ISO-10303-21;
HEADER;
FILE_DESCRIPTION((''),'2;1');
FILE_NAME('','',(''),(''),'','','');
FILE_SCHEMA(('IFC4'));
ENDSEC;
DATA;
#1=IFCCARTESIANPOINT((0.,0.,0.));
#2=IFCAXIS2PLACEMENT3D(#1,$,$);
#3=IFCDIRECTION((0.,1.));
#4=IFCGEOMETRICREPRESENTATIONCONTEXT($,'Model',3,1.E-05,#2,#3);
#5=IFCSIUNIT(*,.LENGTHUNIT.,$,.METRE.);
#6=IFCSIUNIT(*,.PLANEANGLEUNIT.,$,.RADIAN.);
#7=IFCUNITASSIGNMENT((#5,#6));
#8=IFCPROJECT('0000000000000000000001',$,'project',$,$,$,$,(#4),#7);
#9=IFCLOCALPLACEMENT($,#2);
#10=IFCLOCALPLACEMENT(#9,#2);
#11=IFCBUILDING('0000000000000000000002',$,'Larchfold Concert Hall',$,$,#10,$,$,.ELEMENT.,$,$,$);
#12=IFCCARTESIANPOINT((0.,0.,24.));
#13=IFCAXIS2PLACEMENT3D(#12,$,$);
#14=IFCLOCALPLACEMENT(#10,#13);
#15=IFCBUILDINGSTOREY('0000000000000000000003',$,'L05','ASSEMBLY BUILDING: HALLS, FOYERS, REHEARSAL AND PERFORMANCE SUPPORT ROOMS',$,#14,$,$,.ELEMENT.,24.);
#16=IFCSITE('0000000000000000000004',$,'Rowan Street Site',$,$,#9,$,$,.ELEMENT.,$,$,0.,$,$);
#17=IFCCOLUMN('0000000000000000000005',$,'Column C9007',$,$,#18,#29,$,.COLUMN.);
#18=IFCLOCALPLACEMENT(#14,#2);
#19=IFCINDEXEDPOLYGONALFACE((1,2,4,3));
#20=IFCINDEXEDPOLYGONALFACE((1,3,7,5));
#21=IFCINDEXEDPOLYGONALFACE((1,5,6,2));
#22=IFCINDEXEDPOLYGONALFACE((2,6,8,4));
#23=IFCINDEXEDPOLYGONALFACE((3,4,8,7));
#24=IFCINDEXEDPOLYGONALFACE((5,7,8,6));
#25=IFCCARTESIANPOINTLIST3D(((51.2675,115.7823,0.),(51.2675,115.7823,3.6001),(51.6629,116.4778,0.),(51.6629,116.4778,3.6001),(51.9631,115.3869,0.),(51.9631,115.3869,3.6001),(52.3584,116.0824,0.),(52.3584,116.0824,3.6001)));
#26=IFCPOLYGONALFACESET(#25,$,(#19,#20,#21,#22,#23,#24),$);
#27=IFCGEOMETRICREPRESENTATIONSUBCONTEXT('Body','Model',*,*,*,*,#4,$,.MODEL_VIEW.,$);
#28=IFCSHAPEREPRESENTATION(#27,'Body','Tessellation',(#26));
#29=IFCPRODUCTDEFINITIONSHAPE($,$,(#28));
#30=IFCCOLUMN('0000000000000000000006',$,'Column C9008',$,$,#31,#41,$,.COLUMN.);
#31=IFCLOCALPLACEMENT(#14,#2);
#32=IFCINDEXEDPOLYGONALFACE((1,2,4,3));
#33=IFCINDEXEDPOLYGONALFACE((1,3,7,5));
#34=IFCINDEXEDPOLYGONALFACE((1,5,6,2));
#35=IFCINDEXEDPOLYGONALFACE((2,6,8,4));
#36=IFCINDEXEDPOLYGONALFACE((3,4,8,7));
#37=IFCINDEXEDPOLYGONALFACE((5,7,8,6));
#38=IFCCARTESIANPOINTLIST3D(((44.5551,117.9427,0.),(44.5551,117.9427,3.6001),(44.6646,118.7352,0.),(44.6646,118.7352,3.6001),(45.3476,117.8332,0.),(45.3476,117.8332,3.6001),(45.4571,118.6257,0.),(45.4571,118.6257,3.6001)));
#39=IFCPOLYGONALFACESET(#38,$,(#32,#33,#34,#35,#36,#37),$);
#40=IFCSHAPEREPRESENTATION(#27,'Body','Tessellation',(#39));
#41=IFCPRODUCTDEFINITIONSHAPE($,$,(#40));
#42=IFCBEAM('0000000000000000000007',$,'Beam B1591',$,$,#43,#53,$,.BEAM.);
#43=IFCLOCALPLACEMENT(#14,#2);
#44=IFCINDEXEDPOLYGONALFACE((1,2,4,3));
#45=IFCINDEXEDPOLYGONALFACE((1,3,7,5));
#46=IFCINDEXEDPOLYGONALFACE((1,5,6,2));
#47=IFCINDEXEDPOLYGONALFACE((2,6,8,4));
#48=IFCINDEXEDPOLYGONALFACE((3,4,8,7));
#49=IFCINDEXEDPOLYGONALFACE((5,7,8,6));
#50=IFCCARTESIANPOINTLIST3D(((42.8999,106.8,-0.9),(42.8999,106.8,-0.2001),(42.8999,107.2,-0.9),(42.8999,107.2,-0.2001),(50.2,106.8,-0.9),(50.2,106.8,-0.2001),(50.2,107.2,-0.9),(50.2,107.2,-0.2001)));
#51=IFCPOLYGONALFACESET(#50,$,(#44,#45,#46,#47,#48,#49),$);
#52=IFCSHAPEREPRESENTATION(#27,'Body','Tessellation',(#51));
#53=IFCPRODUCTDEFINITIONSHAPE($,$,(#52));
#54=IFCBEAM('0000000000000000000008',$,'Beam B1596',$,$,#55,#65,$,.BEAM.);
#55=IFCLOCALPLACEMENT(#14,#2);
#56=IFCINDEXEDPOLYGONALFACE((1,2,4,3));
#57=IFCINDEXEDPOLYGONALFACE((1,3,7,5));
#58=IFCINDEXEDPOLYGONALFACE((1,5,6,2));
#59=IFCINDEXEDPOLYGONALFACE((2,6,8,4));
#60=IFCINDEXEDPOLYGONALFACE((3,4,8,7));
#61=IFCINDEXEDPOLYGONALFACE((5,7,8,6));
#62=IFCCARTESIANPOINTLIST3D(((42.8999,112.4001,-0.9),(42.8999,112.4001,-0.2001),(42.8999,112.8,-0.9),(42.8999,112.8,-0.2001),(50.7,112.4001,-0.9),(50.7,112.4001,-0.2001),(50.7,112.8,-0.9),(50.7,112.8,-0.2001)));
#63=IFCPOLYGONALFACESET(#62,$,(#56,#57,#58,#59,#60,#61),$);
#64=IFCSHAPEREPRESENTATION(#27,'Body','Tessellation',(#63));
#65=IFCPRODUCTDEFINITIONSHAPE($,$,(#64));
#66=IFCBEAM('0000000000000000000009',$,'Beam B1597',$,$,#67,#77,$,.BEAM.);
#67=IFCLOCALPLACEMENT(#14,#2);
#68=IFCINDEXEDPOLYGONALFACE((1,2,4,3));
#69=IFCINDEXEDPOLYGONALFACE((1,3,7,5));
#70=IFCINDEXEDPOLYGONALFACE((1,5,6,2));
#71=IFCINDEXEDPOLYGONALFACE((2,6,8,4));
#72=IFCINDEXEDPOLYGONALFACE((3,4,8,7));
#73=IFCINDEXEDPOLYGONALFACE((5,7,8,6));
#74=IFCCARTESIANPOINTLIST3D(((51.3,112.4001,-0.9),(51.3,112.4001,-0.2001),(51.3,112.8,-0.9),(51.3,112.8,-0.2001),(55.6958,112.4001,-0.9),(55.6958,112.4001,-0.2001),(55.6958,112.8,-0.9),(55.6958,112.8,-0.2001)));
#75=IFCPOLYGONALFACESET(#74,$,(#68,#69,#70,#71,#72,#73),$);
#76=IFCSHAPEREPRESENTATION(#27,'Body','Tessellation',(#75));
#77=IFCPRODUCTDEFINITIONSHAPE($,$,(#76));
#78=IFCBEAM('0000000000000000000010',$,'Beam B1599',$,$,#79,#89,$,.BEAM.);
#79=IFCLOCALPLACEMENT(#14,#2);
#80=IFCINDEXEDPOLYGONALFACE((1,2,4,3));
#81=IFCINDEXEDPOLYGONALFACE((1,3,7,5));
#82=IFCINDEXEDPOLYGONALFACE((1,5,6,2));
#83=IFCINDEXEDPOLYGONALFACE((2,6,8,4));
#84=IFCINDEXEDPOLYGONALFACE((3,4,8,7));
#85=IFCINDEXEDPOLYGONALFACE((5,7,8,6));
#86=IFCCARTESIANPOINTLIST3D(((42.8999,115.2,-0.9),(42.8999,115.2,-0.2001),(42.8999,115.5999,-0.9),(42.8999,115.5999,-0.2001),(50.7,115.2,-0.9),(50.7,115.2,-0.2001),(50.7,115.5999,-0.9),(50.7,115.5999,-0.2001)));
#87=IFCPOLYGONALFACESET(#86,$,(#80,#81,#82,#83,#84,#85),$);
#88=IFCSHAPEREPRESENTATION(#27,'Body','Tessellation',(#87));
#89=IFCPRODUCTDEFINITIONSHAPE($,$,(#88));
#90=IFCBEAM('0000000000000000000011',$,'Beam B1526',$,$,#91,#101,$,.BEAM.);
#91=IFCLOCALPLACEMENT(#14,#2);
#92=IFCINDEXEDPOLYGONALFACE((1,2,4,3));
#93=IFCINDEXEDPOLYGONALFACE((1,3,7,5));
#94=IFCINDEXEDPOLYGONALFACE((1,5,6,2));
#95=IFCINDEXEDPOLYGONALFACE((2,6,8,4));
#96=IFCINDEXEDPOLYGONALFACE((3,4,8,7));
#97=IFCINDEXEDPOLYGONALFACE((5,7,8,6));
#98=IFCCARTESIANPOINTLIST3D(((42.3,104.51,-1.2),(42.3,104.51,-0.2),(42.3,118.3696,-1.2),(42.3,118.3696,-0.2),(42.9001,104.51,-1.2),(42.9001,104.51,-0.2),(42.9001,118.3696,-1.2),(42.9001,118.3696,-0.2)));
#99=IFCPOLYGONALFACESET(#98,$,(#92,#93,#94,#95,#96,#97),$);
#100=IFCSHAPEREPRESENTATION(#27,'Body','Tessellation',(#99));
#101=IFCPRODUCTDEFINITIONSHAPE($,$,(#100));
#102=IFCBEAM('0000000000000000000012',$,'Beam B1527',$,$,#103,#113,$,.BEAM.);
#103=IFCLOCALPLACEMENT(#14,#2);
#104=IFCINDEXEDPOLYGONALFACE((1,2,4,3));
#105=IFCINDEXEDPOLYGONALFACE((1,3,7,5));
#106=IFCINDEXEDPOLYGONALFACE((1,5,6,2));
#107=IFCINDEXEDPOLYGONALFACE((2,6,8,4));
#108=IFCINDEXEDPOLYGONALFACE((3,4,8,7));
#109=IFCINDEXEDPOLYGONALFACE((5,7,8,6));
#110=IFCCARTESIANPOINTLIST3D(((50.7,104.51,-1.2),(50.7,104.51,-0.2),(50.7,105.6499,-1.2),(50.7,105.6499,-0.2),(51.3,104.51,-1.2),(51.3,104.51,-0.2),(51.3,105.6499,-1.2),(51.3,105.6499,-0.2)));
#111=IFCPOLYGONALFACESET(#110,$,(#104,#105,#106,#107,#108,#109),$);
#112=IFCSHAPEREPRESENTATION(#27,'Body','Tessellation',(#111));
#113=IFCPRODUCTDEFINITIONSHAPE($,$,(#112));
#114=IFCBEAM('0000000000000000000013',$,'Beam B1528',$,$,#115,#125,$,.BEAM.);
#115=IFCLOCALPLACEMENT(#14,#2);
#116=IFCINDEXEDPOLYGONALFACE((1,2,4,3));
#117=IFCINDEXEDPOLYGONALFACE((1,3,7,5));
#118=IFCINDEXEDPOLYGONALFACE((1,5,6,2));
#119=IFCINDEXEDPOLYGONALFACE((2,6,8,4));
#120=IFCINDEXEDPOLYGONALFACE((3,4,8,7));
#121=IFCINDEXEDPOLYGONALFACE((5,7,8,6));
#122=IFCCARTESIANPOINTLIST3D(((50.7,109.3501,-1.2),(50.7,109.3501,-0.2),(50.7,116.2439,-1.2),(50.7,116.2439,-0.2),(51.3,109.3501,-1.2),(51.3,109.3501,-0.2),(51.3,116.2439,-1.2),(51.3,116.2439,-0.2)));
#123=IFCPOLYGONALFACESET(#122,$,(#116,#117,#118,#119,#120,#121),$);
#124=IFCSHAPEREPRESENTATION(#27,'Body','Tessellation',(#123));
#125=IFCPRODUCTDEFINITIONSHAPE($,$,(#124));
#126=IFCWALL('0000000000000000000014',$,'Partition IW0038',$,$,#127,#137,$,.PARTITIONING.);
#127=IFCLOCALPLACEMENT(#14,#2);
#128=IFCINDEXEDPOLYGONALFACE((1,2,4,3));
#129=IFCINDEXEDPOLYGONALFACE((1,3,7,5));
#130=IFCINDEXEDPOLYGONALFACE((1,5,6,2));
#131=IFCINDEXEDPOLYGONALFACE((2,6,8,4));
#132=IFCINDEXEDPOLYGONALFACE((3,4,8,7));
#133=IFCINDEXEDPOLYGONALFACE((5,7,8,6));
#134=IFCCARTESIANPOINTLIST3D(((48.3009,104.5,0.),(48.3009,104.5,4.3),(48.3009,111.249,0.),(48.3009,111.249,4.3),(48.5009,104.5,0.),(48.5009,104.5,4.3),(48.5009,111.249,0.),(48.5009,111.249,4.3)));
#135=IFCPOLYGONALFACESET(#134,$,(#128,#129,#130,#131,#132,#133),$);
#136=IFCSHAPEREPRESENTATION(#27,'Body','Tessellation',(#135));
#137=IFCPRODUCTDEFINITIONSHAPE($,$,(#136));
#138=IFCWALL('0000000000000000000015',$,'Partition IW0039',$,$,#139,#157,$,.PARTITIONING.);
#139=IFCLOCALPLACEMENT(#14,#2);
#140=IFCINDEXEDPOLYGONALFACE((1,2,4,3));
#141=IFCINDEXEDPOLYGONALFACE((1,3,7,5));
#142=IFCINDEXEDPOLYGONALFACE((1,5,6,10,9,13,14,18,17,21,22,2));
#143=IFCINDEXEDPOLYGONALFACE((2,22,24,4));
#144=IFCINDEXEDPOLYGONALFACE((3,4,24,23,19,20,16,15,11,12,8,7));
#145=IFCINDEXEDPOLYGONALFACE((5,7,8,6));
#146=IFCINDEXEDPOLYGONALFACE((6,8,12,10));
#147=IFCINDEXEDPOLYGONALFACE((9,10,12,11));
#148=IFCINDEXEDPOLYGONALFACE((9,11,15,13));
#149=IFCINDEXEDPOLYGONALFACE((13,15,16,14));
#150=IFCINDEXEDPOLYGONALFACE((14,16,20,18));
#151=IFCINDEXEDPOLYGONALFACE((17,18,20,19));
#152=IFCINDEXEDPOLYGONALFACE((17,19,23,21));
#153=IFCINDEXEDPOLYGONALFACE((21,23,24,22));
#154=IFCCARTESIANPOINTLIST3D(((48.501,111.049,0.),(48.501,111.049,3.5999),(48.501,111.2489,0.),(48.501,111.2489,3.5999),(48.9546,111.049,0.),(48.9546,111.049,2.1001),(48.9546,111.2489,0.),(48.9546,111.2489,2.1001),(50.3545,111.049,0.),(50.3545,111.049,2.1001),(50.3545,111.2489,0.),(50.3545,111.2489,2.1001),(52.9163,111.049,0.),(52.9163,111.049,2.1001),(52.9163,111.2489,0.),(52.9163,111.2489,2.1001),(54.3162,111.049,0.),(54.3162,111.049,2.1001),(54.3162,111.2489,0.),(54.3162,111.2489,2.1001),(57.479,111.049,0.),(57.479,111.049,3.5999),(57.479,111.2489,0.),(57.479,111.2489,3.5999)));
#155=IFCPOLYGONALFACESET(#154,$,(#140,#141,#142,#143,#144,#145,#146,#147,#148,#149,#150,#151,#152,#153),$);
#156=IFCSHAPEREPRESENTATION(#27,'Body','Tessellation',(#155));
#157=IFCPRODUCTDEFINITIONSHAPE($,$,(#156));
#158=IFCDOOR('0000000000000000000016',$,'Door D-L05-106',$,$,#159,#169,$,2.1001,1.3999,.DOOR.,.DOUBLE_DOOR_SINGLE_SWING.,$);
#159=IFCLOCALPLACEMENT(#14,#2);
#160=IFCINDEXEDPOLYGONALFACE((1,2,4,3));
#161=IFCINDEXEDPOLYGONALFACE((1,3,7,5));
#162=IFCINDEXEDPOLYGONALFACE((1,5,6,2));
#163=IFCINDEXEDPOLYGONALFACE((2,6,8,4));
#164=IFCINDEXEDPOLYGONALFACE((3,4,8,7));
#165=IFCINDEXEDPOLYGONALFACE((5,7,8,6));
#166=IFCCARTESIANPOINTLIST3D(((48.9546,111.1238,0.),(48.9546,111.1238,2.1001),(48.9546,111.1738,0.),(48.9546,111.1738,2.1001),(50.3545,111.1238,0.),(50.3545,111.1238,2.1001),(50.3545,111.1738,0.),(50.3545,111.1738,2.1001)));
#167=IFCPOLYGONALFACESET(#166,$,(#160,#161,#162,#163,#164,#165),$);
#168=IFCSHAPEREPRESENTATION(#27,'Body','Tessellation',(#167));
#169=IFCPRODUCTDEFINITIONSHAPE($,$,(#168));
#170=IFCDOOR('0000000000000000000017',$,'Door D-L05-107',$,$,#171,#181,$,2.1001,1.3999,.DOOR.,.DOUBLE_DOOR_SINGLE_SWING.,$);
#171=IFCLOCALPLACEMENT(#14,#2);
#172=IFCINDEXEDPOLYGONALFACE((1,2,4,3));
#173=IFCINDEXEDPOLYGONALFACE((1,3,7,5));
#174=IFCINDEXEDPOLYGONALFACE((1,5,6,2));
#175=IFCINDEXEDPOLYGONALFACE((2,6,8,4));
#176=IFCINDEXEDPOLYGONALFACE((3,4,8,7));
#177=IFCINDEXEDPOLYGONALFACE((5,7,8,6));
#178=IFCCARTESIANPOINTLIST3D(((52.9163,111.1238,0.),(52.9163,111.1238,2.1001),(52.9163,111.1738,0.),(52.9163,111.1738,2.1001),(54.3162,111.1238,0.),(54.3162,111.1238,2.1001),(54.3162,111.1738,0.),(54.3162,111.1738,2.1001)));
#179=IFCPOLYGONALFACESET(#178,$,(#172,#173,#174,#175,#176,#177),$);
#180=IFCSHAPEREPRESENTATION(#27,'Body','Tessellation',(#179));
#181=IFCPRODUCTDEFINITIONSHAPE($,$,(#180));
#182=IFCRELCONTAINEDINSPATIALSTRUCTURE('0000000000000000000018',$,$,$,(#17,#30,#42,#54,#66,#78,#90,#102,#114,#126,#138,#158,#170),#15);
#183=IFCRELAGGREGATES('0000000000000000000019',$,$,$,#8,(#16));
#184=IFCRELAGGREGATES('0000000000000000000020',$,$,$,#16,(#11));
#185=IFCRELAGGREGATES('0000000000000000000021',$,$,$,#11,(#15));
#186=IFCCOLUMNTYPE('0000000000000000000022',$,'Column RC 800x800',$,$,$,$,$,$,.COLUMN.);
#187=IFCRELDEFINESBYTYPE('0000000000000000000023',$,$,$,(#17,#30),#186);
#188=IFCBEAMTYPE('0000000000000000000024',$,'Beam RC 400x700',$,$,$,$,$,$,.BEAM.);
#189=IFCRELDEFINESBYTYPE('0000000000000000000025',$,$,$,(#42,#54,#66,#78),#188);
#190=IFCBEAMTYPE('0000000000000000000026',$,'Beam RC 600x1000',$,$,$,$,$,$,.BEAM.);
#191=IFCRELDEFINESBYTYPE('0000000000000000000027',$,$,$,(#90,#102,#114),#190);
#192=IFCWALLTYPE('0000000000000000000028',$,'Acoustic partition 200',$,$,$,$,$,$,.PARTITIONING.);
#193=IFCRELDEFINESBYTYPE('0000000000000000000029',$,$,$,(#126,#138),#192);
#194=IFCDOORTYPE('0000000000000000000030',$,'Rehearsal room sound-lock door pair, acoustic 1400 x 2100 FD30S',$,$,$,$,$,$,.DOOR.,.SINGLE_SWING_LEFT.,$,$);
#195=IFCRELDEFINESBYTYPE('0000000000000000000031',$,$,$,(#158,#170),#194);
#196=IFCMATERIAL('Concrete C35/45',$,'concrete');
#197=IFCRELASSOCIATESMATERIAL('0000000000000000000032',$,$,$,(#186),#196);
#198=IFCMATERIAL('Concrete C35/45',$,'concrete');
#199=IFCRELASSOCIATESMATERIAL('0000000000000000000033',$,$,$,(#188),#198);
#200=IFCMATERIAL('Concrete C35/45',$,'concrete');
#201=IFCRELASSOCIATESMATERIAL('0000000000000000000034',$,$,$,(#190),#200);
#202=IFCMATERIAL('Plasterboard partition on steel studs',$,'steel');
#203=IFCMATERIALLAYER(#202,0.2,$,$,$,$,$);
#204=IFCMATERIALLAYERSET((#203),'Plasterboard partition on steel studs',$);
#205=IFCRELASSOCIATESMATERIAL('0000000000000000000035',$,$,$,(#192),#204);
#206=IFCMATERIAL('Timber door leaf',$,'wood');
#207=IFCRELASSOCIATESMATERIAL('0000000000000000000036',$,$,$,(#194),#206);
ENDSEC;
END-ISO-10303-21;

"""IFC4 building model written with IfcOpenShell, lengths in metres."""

from ifc_helpers import new_model, si_unit, direction, frame, frame_2d, origin, origin_2d, place, context, subcontext, project, spatial, rectangle, extrude, material, layer, layer_set, material_profile, profile_set, type_object, element, fill, save


model = new_model("IFC4")

# Units and contexts
model_context = context("Model", 3, precision=1e-05, world=origin(), true_north=direction((0.0, 1.0)))
body_context = subcontext(model_context, "Body", "Model", "MODEL_VIEW")
ifc_project = project(units=[si_unit("LENGTHUNIT", "METRE"), si_unit("PLANEANGLEUNIT", "RADIAN")], contexts=[model_context])

# Site, building, storey
site_placement = place(None, origin())
site = spatial("IfcSite", under=ifc_project, at=site_placement, Name="Rowan Street Site", CompositionType="ELEMENT", RefElevation=0.0)
building_placement = place(site_placement, origin())
building = spatial("IfcBuilding", under=site, at=building_placement, Name="Larchfold Concert Hall", CompositionType="ELEMENT")
storey_placement = place(building_placement, frame((0.0, 0.0, 24.0)))
storey = spatial("IfcBuildingStorey", under=building, at=storey_placement, Name="L05", Description="ASSEMBLY BUILDING: HALLS, FOYERS, REHEARSAL AND PERFORMANCE SUPPORT ROOMS", CompositionType="ELEMENT", Elevation=24.0)

# Columns
ifc_material_1 = material(Name="Concrete C35/45", Category="concrete")
ifc_material_profile_1 = material_profile(ifc_material_1, rectangle(XDim=0.8, YDim=0.8, at=origin_2d()))
ifc_profile_set_1 = profile_set([ifc_material_profile_1], Name="Concrete C35/45")
column_type = type_object("IfcColumnType", Name="Column RC 800x800", PredefinedType="COLUMN", material=ifc_profile_set_1)
for number, where, z_axis, x_axis, name in (
    (1, (51.813, 115.9324, 0.0), (0.0, 0.0, 1.0), (0.494204, 0.869346, 0.0), "Column C9007"),
    (2, (45.0061, 118.2842, 0.0), (0.0, 0.0, 1.0), (0.136831, 0.990594, 0.0), "Column C9008"),
):
    element("IfcColumn", number, at=place(storey_placement, frame(where, z_axis=z_axis, x_axis=x_axis)), inside=storey, type_object=column_type, Name=name, PredefinedType="COLUMN", context=body_context, shape_type="SweptSolid", body=[
        extrude(rectangle(XDim=0.8, YDim=0.8, at=origin_2d()), origin(), (0.0, 0.0, 1.0), 3.6001),
    ])

# Beams
ifc_material_2 = material(Name="Concrete C35/45", Category="concrete")
ifc_material_profile_2 = material_profile(ifc_material_2, rectangle(XDim=0.3999, YDim=0.7, at=origin_2d()))
ifc_profile_set_2 = profile_set([ifc_material_profile_2], Name="Concrete C35/45")
beam_type_1 = type_object("IfcBeamType", Name="Beam RC 400x700", PredefinedType="BEAM", material=ifc_profile_set_2)
beam_1_placement = place(storey_placement, frame((42.8999, 107.0, -0.55), z_axis=(1.0, 0.0, 0.0), x_axis=(0.0, 1.0, 0.0)))
element("IfcBeam", 3, at=beam_1_placement, inside=storey, type_object=beam_type_1, Name="Beam B1591", PredefinedType="BEAM", context=body_context, shape_type="SweptSolid", body=[
    extrude(rectangle(XDim=0.3999, YDim=0.7, at=origin_2d()), origin(), (0.0, 0.0, 1.0), 7.3),
])
beam_2_placement = place(storey_placement, frame((42.8999, 112.6001, -0.55), z_axis=(1.0, 0.0, 0.0), x_axis=(0.0, 1.0, 0.0)))
element("IfcBeam", 4, at=beam_2_placement, inside=storey, type_object=beam_type_1, Name="Beam B1596", PredefinedType="BEAM", context=body_context, shape_type="SweptSolid", body=[
    extrude(rectangle(XDim=0.3999, YDim=0.7, at=origin_2d()), origin(), (0.0, 0.0, 1.0), 7.8),
])
beam_3_placement = place(storey_placement, frame((51.3, 112.6001, -0.55), z_axis=(1.0, 0.0, 0.0), x_axis=(0.0, 1.0, 0.0)))
element("IfcBeam", 5, at=beam_3_placement, inside=storey, type_object=beam_type_1, Name="Beam B1597", PredefinedType="BEAM", context=body_context, shape_type="SweptSolid", body=[
    extrude(rectangle(XDim=0.3999, YDim=0.7, at=origin_2d()), origin(), (0.0, 0.0, 1.0), 4.3958),
])
beam_4_placement = place(storey_placement, frame((42.8999, 115.3999, -0.55), z_axis=(1.0, 0.0, 0.0), x_axis=(0.0, 1.0, 0.0)))
element("IfcBeam", 6, at=beam_4_placement, inside=storey, type_object=beam_type_1, Name="Beam B1599", PredefinedType="BEAM", context=body_context, shape_type="SweptSolid", body=[
    extrude(rectangle(XDim=0.3999, YDim=0.7, at=origin_2d()), origin(), (0.0, 0.0, 1.0), 7.8),
])
ifc_material_3 = material(Name="Concrete C35/45", Category="concrete")
ifc_material_profile_3 = material_profile(ifc_material_3, rectangle(XDim=0.6001, YDim=1.0, at=origin_2d()))
ifc_profile_set_3 = profile_set([ifc_material_profile_3], Name="Concrete C35/45")
beam_type_2 = type_object("IfcBeamType", Name="Beam RC 600x1000", PredefinedType="BEAM", material=ifc_profile_set_3)
beam_5_placement = place(storey_placement, frame((42.6001, 104.51, -0.7), z_axis=(0.0, 1.0, 0.0), x_axis=(-1.0, 0.0, 0.0)))
element("IfcBeam", 7, at=beam_5_placement, inside=storey, type_object=beam_type_2, Name="Beam B1526", PredefinedType="BEAM", context=body_context, shape_type="SweptSolid", body=[
    extrude(rectangle(XDim=0.6001, YDim=1.0, at=origin_2d()), origin(), (0.0, 0.0, 1.0), 13.8596),
])
beam_6_placement = place(storey_placement, frame((51.0, 104.51, -0.7), z_axis=(0.0, 1.0, 0.0), x_axis=(-1.0, 0.0, 0.0)))
element("IfcBeam", 8, at=beam_6_placement, inside=storey, type_object=beam_type_2, Name="Beam B1527", PredefinedType="BEAM", context=body_context, shape_type="SweptSolid", body=[
    extrude(rectangle(XDim=0.6001, YDim=1.0, at=origin_2d()), origin(), (0.0, 0.0, 1.0), 1.1399),
])
beam_7_placement = place(storey_placement, frame((51.0, 109.3501, -0.7), z_axis=(0.0, 1.0, 0.0), x_axis=(-1.0, 0.0, 0.0)))
element("IfcBeam", 9, at=beam_7_placement, inside=storey, type_object=beam_type_2, Name="Beam B1528", PredefinedType="BEAM", context=body_context, shape_type="SweptSolid", body=[
    extrude(rectangle(XDim=0.6001, YDim=1.0, at=origin_2d()), origin(), (0.0, 0.0, 1.0), 6.8938),
])

# Wall
ifc_material_4 = material(Name="Plasterboard partition on steel studs", Category="steel")
ifc_layer_1 = layer(ifc_material_4, 0.2)
ifc_layer_set_1 = layer_set([ifc_layer_1], Name="Plasterboard partition on steel studs")
wall_type_1 = type_object("IfcWallType", Name="Acoustic partition 200", PredefinedType="PARTITIONING", material=ifc_layer_set_1)
wall_1_placement = place(storey_placement, frame((48.4009, 104.5, 0.0), z_axis=(0.0, 0.0, 1.0), x_axis=(0.0, 1.0, 0.0)))
element("IfcWall", 10, at=wall_1_placement, inside=storey, type_object=wall_type_1, Name="Partition IW0038", PredefinedType="PARTITIONING", context=body_context, shape_type="SweptSolid", body=[
    extrude(rectangle(XDim=6.749, YDim=0.2, at=frame_2d((3.3745, 0.0))), origin(), (0.0, 0.0, 1.0), 4.3),
])

# Wall, openings, doors
wall_2_placement = place(storey_placement, frame((48.501, 111.1489, 0.0), z_axis=(0.0, 0.0, 1.0), x_axis=(1.0, 0.0, 0.0)))
wall_2 = element("IfcWall", 11, at=wall_2_placement, inside=storey, type_object=wall_type_1, Name="Partition IW0039", PredefinedType="PARTITIONING", context=body_context, shape_type="SweptSolid", body=[
    extrude(rectangle(XDim=8.978, YDim=0.2, at=frame_2d((4.489, 0.0))), origin(), (0.0, 0.0, 1.0), 3.5999),
])
opening_1_placement = place(wall_2_placement, frame((0.4536, 0.0, 0.0)))
opening_1 = element("IfcOpeningElement", 12, at=opening_1_placement, cuts=wall_2, PredefinedType="OPENING", context=body_context, shape_type="SweptSolid", body=[
    extrude(rectangle(XDim=1.3999, YDim=2.1001, at=frame_2d((0.7, 1.05))), frame((0.0, 0.1099, 0.0), z_axis=(0.0, -1.0, 0.0), x_axis=(1.0, 0.0, 0.0)), (0.0, 0.0, 1.0), 0.22),
])
opening_2_placement = place(wall_2_placement, frame((4.4153, 0.0, 0.0)))
opening_2 = element("IfcOpeningElement", 13, at=opening_2_placement, cuts=wall_2, PredefinedType="OPENING", context=body_context, shape_type="SweptSolid", body=[
    extrude(rectangle(XDim=1.3999, YDim=2.1001, at=frame_2d((0.7, 1.05))), frame((0.0, 0.1099, 0.0), z_axis=(0.0, -1.0, 0.0), x_axis=(1.0, 0.0, 0.0)), (0.0, 0.0, 1.0), 0.22),
])
ifc_material_5 = material(Name="Timber door leaf", Category="wood")
door_type_1 = type_object("IfcDoorType", Name="Rehearsal room sound-lock door pair, acoustic 1400 x 2100 FD30S", OperationType="SINGLE_SWING_LEFT", PredefinedType="DOOR", material=ifc_material_5)
door_1_placement = place(opening_1_placement, origin())
door_1 = element("IfcDoor", 14, at=door_1_placement, inside=storey, type_object=door_type_1, Name="Door D-L05-106", OperationType="DOUBLE_DOOR_SINGLE_SWING", OverallHeight=2.1001, OverallWidth=1.3999, PredefinedType="DOOR", context=body_context, shape_type="SweptSolid", body=[
    extrude(rectangle(XDim=1.3999, YDim=2.1001, at=frame_2d((0.7, 1.05))), frame((0.0, 0.0249, 0.0), z_axis=(0.0, -1.0, 0.0), x_axis=(1.0, 0.0, 0.0)), (0.0, 0.0, 1.0), 0.05),
])
fill(opening_1, door_1)
door_2_placement = place(opening_2_placement, origin())
door_2 = element("IfcDoor", 15, at=door_2_placement, inside=storey, type_object=door_type_1, Name="Door D-L05-107", OperationType="DOUBLE_DOOR_SINGLE_SWING", OverallHeight=2.1001, OverallWidth=1.3999, PredefinedType="DOOR", context=body_context, shape_type="SweptSolid", body=[
    extrude(rectangle(XDim=1.3999, YDim=2.1001, at=frame_2d((0.7, 1.05))), frame((0.0, 0.0249, 0.0), z_axis=(0.0, -1.0, 0.0), x_axis=(1.0, 0.0, 0.0)), (0.0, 0.0, 1.0), 0.05),
])
fill(opening_2, door_2)

save(model, "model.ifc")
